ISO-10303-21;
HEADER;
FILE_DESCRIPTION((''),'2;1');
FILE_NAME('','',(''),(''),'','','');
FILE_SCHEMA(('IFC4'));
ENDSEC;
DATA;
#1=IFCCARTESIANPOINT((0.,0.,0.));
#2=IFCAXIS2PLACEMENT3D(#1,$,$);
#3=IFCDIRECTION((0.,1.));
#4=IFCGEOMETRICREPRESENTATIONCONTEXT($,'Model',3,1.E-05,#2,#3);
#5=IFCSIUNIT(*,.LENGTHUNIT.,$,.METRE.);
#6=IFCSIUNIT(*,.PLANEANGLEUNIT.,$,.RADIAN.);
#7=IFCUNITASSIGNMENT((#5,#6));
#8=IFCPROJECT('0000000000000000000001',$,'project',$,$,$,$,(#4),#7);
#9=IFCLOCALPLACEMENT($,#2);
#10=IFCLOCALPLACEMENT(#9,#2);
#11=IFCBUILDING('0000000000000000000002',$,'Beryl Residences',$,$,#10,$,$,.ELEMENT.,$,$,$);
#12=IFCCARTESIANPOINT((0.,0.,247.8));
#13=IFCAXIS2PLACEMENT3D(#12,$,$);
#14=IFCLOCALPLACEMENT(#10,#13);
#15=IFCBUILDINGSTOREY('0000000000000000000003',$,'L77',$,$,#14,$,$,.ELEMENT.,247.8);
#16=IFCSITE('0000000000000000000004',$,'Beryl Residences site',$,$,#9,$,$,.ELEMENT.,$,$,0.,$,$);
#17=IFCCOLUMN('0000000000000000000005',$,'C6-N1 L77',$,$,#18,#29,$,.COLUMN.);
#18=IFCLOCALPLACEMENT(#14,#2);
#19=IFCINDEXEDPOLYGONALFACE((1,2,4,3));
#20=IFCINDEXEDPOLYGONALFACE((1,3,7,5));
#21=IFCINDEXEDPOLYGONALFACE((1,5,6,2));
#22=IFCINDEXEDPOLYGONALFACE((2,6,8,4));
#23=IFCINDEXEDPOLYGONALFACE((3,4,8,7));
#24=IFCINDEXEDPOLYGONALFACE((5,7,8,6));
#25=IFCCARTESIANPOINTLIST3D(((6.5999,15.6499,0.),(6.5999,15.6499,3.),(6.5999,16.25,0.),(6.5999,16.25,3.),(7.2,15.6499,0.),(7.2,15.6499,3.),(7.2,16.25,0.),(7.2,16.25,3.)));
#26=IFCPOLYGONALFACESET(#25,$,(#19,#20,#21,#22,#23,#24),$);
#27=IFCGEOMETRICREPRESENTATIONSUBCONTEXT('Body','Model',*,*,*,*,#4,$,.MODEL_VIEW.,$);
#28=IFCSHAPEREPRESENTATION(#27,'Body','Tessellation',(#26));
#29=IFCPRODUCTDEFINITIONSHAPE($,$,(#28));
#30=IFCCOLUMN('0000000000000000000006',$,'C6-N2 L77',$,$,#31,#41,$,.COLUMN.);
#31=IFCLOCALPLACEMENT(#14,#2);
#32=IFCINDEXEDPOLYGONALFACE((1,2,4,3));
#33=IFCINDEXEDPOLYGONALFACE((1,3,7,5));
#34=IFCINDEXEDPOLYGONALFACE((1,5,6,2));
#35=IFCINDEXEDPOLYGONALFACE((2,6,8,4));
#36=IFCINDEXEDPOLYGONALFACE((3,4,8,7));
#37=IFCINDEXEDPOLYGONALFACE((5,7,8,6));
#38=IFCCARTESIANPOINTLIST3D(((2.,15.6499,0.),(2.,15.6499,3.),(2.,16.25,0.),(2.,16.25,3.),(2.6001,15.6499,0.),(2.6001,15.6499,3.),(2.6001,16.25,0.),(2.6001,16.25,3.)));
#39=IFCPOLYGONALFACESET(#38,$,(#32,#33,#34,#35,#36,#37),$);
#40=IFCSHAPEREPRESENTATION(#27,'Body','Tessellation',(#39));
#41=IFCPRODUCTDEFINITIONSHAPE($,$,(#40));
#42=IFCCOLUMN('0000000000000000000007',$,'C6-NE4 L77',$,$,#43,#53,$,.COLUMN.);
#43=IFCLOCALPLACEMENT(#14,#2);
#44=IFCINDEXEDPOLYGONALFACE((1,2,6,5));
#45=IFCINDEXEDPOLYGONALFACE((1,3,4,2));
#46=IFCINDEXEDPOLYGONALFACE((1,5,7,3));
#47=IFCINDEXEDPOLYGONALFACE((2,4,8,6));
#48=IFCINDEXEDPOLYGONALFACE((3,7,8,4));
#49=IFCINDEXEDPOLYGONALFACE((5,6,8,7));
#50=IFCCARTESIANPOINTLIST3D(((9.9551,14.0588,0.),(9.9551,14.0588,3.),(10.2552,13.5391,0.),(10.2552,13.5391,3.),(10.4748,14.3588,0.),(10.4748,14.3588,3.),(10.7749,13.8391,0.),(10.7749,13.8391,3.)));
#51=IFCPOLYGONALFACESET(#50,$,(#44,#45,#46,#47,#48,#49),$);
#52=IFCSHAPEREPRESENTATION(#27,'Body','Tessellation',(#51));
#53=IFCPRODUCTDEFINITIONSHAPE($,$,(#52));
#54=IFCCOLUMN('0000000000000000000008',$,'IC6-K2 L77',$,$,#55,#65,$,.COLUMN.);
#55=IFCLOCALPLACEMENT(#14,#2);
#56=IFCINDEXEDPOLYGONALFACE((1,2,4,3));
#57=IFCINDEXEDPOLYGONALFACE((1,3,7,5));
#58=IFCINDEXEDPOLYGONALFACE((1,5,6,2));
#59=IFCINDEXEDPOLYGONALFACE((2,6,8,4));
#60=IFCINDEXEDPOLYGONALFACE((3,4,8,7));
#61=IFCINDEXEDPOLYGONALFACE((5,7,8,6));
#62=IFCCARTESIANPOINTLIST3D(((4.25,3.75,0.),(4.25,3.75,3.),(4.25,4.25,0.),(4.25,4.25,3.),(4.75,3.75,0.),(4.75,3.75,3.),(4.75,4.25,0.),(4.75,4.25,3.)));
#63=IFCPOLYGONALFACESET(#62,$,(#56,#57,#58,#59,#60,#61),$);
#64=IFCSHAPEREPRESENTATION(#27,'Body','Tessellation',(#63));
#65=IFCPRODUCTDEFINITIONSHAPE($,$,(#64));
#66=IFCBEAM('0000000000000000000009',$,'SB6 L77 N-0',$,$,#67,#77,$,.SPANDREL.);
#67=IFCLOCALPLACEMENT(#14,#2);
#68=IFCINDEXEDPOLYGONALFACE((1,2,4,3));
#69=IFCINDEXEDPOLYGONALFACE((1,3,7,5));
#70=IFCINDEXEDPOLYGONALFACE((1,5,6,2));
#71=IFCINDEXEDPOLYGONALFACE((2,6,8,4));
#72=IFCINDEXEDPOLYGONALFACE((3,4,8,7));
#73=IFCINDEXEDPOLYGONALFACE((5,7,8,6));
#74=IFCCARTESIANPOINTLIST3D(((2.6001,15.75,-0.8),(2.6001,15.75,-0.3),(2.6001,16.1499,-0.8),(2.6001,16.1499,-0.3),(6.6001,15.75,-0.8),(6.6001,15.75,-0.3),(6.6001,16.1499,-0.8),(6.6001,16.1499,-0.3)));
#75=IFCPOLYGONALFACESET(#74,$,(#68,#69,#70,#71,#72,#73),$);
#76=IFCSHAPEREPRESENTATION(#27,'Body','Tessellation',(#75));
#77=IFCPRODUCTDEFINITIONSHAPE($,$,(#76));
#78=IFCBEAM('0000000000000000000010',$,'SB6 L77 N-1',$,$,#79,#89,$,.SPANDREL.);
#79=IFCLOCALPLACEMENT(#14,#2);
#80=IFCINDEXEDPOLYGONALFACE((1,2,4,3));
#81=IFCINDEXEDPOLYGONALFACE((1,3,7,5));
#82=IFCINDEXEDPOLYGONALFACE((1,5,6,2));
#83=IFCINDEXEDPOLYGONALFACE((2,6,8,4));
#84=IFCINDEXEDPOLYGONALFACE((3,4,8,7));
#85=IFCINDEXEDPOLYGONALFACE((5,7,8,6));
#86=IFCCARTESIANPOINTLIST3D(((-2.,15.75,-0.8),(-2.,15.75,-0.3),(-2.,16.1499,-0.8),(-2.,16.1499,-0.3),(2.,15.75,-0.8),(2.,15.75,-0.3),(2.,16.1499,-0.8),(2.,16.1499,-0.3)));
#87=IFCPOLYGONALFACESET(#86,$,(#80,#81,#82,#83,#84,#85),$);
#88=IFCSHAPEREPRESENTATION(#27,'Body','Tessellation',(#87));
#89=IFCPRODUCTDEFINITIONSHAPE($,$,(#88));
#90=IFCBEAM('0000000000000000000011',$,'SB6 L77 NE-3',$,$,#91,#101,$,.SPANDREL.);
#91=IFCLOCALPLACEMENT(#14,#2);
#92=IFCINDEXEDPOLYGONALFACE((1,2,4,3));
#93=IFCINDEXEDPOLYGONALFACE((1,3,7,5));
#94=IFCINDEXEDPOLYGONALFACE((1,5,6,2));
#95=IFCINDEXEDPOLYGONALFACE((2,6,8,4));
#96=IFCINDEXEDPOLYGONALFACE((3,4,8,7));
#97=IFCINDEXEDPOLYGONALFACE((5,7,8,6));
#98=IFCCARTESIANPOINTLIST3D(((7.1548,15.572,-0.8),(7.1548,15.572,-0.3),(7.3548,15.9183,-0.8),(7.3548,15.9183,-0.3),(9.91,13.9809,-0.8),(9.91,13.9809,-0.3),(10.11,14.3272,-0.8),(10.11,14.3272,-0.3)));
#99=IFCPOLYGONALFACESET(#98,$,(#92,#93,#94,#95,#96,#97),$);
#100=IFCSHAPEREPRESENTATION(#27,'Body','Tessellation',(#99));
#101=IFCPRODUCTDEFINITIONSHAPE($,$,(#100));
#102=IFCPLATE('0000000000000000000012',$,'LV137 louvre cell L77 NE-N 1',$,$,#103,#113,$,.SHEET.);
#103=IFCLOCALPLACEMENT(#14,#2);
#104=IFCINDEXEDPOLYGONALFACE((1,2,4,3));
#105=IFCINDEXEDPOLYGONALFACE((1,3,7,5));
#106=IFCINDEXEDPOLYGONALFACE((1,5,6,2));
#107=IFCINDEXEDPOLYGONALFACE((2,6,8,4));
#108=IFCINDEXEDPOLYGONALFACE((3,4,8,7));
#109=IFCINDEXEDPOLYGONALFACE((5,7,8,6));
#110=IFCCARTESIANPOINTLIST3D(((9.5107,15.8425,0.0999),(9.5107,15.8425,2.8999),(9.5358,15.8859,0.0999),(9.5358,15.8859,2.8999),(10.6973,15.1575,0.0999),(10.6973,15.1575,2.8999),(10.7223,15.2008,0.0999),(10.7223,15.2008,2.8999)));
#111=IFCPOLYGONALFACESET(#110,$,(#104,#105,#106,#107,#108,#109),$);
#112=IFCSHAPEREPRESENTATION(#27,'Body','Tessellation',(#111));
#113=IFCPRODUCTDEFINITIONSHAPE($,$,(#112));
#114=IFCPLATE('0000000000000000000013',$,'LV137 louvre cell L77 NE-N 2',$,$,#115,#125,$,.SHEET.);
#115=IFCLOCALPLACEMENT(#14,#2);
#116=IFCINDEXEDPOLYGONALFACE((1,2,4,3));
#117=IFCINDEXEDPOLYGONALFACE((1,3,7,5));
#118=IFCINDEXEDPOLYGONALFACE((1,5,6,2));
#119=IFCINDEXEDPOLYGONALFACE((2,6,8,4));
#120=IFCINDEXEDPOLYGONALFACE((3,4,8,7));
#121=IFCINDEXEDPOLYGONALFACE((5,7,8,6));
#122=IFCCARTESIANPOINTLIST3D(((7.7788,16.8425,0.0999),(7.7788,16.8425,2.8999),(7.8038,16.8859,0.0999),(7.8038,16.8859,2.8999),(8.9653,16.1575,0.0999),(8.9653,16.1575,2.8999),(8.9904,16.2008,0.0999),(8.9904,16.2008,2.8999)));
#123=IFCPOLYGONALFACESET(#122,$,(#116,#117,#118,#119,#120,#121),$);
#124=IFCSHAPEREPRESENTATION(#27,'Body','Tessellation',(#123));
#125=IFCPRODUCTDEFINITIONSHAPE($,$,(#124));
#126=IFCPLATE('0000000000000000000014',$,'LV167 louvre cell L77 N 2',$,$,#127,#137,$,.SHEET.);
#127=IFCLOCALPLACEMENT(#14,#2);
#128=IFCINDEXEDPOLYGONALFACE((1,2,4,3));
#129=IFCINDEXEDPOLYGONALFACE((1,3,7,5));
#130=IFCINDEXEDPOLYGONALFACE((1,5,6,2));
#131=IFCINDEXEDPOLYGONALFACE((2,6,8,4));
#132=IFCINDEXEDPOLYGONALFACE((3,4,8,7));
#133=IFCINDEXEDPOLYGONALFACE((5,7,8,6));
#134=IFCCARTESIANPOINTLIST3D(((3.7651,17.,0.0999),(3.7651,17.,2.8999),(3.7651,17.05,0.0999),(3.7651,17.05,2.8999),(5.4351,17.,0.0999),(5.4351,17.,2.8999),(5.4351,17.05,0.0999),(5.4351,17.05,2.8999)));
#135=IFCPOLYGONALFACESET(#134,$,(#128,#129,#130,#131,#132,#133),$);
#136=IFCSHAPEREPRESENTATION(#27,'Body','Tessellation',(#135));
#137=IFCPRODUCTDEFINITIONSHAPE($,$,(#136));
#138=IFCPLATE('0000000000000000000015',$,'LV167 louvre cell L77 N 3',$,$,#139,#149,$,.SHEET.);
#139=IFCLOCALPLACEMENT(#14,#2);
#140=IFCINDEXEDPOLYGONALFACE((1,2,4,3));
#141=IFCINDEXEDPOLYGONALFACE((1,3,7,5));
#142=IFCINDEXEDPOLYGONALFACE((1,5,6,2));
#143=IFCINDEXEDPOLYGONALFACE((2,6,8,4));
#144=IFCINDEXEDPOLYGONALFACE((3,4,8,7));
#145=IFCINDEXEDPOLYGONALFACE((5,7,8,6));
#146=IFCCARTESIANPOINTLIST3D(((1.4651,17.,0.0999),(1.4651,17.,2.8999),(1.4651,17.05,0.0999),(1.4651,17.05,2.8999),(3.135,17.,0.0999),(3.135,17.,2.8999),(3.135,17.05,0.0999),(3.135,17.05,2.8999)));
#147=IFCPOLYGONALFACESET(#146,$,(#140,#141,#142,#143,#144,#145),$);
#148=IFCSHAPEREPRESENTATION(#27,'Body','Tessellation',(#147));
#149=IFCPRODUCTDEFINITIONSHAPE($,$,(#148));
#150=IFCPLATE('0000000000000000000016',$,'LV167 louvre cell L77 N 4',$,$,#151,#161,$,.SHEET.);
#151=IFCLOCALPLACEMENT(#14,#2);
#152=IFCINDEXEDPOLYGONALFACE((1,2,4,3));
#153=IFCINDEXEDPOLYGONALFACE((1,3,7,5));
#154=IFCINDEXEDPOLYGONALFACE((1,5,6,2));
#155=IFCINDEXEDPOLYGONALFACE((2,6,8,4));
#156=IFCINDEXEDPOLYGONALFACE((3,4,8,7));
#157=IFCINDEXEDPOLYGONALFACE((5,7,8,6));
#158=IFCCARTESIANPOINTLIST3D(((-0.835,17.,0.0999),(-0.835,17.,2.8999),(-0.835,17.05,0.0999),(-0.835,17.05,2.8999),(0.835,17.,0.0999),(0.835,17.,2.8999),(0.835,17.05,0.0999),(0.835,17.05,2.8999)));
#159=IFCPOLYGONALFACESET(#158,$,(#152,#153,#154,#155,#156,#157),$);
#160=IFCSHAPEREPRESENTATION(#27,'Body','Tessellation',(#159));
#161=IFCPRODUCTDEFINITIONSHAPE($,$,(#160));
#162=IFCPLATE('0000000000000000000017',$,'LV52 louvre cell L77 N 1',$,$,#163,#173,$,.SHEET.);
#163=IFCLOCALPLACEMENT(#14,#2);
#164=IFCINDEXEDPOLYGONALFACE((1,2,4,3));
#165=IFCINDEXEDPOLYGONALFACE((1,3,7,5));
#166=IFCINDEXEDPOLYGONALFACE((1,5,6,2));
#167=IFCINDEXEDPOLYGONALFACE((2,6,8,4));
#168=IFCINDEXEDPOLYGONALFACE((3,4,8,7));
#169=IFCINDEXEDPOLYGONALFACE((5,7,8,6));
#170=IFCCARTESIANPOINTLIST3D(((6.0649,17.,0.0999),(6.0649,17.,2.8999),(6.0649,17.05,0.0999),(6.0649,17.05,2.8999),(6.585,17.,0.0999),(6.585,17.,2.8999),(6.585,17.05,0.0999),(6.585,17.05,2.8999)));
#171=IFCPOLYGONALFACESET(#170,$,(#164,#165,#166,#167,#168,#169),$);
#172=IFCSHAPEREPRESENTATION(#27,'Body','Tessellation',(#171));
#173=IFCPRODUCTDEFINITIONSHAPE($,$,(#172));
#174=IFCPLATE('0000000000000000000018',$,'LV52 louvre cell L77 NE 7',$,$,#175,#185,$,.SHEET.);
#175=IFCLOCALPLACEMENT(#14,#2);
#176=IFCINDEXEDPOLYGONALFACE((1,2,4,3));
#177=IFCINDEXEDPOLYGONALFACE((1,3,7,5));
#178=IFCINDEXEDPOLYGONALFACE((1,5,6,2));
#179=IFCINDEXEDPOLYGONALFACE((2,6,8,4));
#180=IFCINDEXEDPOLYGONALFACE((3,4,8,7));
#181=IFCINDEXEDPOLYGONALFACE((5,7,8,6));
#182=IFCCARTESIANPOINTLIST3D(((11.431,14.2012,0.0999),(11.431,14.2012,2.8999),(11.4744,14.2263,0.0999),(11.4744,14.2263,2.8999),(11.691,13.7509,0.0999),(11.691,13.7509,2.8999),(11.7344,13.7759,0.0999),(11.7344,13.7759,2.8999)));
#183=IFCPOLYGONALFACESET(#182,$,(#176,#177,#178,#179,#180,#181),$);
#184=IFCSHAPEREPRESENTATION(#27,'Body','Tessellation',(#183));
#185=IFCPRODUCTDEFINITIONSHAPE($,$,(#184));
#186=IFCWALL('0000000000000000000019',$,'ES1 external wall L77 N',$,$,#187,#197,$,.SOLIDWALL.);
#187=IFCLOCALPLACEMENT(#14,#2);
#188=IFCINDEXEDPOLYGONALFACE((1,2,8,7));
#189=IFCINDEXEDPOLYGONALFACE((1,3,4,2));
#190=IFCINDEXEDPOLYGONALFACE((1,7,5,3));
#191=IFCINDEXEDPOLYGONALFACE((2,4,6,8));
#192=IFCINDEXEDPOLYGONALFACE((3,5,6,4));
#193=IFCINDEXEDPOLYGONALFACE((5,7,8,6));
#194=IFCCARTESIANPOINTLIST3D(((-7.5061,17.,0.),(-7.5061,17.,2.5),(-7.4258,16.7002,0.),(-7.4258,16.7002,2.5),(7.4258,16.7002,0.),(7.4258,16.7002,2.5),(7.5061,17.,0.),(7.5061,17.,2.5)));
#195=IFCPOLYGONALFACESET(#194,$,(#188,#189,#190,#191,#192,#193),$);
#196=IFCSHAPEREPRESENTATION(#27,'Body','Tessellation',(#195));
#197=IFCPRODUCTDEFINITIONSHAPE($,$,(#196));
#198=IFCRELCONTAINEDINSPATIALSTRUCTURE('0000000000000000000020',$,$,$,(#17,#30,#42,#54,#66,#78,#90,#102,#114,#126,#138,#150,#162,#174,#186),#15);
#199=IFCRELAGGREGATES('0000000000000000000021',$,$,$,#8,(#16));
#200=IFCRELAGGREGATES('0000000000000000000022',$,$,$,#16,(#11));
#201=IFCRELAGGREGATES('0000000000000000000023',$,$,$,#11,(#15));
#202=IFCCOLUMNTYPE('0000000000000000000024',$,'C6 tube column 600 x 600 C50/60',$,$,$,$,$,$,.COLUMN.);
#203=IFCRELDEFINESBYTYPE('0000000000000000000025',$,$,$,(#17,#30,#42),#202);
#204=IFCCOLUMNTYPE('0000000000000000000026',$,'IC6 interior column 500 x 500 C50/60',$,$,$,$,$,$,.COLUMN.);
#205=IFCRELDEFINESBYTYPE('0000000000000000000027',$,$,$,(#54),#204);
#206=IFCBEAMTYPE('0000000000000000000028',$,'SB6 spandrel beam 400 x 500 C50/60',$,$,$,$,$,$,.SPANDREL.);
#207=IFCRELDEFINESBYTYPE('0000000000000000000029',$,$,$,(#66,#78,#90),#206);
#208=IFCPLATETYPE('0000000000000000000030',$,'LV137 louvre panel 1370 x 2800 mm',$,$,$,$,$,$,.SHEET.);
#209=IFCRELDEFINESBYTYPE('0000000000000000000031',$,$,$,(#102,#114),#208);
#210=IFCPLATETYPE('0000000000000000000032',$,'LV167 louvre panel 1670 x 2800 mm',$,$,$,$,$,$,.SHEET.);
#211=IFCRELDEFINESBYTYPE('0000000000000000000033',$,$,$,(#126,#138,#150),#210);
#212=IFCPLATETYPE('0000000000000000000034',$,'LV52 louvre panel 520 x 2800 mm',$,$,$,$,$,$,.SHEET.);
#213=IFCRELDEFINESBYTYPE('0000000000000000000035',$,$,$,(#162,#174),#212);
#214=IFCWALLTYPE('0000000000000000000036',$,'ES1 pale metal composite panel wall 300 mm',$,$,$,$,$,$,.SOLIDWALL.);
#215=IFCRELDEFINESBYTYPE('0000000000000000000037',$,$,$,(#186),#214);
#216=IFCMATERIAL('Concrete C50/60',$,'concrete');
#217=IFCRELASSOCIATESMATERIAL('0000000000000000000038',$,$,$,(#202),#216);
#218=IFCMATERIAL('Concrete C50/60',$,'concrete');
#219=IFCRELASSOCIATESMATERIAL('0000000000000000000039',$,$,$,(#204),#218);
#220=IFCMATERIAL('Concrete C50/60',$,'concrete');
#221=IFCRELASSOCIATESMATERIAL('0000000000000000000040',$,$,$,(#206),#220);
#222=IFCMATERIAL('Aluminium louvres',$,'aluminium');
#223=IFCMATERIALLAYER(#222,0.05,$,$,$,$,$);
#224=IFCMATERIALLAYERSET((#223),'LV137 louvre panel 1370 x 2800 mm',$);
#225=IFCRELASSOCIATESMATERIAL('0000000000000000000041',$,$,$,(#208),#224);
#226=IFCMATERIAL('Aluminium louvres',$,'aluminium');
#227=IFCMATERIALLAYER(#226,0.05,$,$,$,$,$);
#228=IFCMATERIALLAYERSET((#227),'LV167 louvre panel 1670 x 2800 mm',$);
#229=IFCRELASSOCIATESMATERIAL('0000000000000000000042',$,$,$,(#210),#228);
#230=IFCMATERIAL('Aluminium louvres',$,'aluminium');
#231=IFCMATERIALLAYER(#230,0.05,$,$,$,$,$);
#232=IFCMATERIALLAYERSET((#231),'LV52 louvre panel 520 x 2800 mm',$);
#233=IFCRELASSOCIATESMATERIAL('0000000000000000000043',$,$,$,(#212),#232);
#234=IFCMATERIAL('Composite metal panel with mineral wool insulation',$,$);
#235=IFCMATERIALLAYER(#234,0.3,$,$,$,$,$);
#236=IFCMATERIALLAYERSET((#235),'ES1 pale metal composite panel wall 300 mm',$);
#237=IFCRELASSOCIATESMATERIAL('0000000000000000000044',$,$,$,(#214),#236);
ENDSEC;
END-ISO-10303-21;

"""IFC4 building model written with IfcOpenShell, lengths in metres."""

from ifc_helpers import new_model, si_unit, direction, frame, origin, origin_2d, place, context, subcontext, project, spatial, polyline, rectangle, outline, extrude, source, transform, mapped, material, layer, layer_set, material_profile, profile_set, type_object, type_shapes, element, save


model = new_model("IFC4")

# Units and contexts
model_context = context("Model", 3, precision=1e-05, world=origin(), true_north=direction((0.0, 1.0)))
body_context = subcontext(model_context, "Body", "Model", "MODEL_VIEW")
ifc_project = project(units=[si_unit("LENGTHUNIT", "METRE"), si_unit("PLANEANGLEUNIT", "RADIAN")], contexts=[model_context])

# Site, building, storey
site_placement = place(None, origin())
site = spatial("IfcSite", under=ifc_project, at=site_placement, Name="Beryl Residences site", CompositionType="ELEMENT", RefElevation=0.0)
building_placement = place(site_placement, origin())
building = spatial("IfcBuilding", under=site, at=building_placement, Name="Beryl Residences", CompositionType="ELEMENT")
storey_placement = place(building_placement, frame((0.0, 0.0, 247.8)))
storey = spatial("IfcBuildingStorey", under=building, at=storey_placement, Name="L77", CompositionType="ELEMENT", Elevation=247.8)

# Columns
ifc_material_1 = material(Name="Concrete C50/60", Category="concrete")
ifc_material_profile_1 = material_profile(ifc_material_1, rectangle(XDim=0.6001, YDim=0.6001, at=origin_2d()))
ifc_profile_set_1 = profile_set([ifc_material_profile_1], Name="Concrete C50/60")
column_type_1 = type_object("IfcColumnType", Name="C6 tube column 600 x 600 C50/60", PredefinedType="COLUMN", material=ifc_profile_set_1)
for number, where, z_axis, x_axis, name in (
    (1, (6.8999, 15.95, 0.0), (0.0, 0.0, 1.0), (-1.0, 0.0, 0.0), "C6-N1 L77"),
    (2, (2.3, 15.95, 0.0), (0.0, 0.0, 1.0), (-1.0, 0.0, 0.0), "C6-N2 L77"),
    (3, (10.365, 13.949, 0.0), (0.0, 0.0, 1.0), (-0.5, 0.866025, 0.0), "C6-NE4 L77"),
):
    element("IfcColumn", number, at=place(storey_placement, frame(where, z_axis=z_axis, x_axis=x_axis)), inside=storey, type_object=column_type_1, Name=name, PredefinedType="COLUMN", context=body_context, shape_type="SweptSolid", body=[
        extrude(rectangle(XDim=0.6001, YDim=0.6001, at=origin_2d()), origin(), (0.0, 0.0, 1.0), 3.0),
    ])
ifc_material_2 = material(Name="Concrete C50/60", Category="concrete")
ifc_material_profile_2 = material_profile(ifc_material_2, rectangle(XDim=0.5, YDim=0.5, at=origin_2d()))
ifc_profile_set_2 = profile_set([ifc_material_profile_2], Name="Concrete C50/60")
column_type_2 = type_object("IfcColumnType", Name="IC6 interior column 500 x 500 C50/60", PredefinedType="COLUMN", material=ifc_profile_set_2)
column_placement = place(storey_placement, frame((4.5, 4.0, 0.0), z_axis=(0.0, 0.0, 1.0), x_axis=(1.0, 0.0, 0.0)))
element("IfcColumn", 4, at=column_placement, inside=storey, type_object=column_type_2, Name="IC6-K2 L77", PredefinedType="COLUMN", context=body_context, shape_type="SweptSolid", body=[
    extrude(rectangle(XDim=0.5, YDim=0.5, at=origin_2d()), origin(), (0.0, 0.0, 1.0), 3.0),
])

# Beams
ifc_material_3 = material(Name="Concrete C50/60", Category="concrete")
ifc_material_profile_3 = material_profile(ifc_material_3, rectangle(XDim=0.3999, YDim=0.5, at=origin_2d()))
ifc_profile_set_3 = profile_set([ifc_material_profile_3], Name="Concrete C50/60")
beam_type = type_object("IfcBeamType", Name="SB6 spandrel beam 400 x 500 C50/60", PredefinedType="SPANDREL", material=ifc_profile_set_3)
for number, where, z_axis, x_axis, name in (
    (5, (6.6001, 15.95, -0.55), (-1.0, 0.0, 0.0), (0.0, -1.0, 0.0), "SB6 L77 N-0"),
    (6, (2.0, 15.95, -0.55), (-1.0, 0.0, 0.0), (0.0, -1.0, 0.0), "SB6 L77 N-1"),
):
    element("IfcBeam", number, at=place(storey_placement, frame(where, z_axis=z_axis, x_axis=x_axis)), inside=storey, type_object=beam_type, Name=name, PredefinedType="SPANDREL", context=body_context, shape_type="SweptSolid", body=[
        extrude(rectangle(XDim=0.3999, YDim=0.5, at=origin_2d()), origin(), (0.0, 0.0, 1.0), 4.0),
    ])
beam_placement = place(storey_placement, frame((10.01, 14.1541, -0.55), z_axis=(-0.865972, 0.500092, 0.0), x_axis=(-0.500092, -0.865972, 0.0)))
element("IfcBeam", 7, at=beam_placement, inside=storey, type_object=beam_type, Name="SB6 L77 NE-3", PredefinedType="SPANDREL", context=body_context, shape_type="SweptSolid", body=[
    extrude(rectangle(XDim=0.3999, YDim=0.5, at=origin_2d()), origin(), (0.0, 0.0, 1.0), 3.1816),
])

# Plates
ifc_material_4 = material(Name="Aluminium louvres", Category="aluminium")
ifc_layer_1 = layer(ifc_material_4, 0.05)
ifc_layer_set_1 = layer_set([ifc_layer_1], Name="LV137 louvre panel 1370 x 2800 mm")
plate_type_1 = type_object("IfcPlateType", Name="LV137 louvre panel 1370 x 2800 mm", PredefinedType="SHEET", material=ifc_layer_set_1)
shared_shape_1 = source(origin(), body_context, "Body", "SweptSolid", [
    extrude(outline(polyline([(-0.6851, 0.0), (0.6851, 0.0), (0.6851, 0.05), (-0.6851, 0.05), (-0.6851, 0.0)])), origin(), (0.0, 0.0, 1.0), 2.8),
])
type_shapes(plate_type_1, [shared_shape_1])
for number, where, z_axis, x_axis, name in (
    (8, (10.104, 15.5, 0.0999), (0.0, 0.0, 1.0), (0.866025, -0.5, 0.0), "LV137 louvre cell L77 NE-N 1"),
    (9, (8.3721, 16.5, 0.0999), (0.0, 0.0, 1.0), (0.866025, -0.5, 0.0), "LV137 louvre cell L77 NE-N 2"),
):
    element("IfcPlate", number, at=place(storey_placement, frame(where, z_axis=z_axis, x_axis=x_axis)), inside=storey, type_object=plate_type_1, Name=name, PredefinedType="SHEET", context=body_context, shape_type="MappedRepresentation", body=[
        mapped(shared_shape_1, transform((0.0, 0.0, 0.0))),
    ])
ifc_material_5 = material(Name="Aluminium louvres", Category="aluminium")
ifc_layer_2 = layer(ifc_material_5, 0.05)
ifc_layer_set_2 = layer_set([ifc_layer_2], Name="LV167 louvre panel 1670 x 2800 mm")
plate_type_2 = type_object("IfcPlateType", Name="LV167 louvre panel 1670 x 2800 mm", PredefinedType="SHEET", material=ifc_layer_set_2)
shared_shape_2 = source(origin(), body_context, "Body", "SweptSolid", [
    extrude(outline(polyline([(-0.835, 0.0), (0.835, 0.0), (0.835, 0.05), (-0.835, 0.05), (-0.835, 0.0)])), origin(), (0.0, 0.0, 1.0), 2.8),
])
type_shapes(plate_type_2, [shared_shape_2])
for number, where, z_axis, x_axis, name in (
    (10, (4.6001, 17.0, 0.0999), (0.0, 0.0, 1.0), (1.0, 0.0, 0.0), "LV167 louvre cell L77 N 2"),
    (11, (2.3, 17.0, 0.0999), (0.0, 0.0, 1.0), (1.0, 0.0, 0.0), "LV167 louvre cell L77 N 3"),
    (12, (0.0, 17.0, 0.0999), (0.0, 0.0, 1.0), (1.0, 0.0, 0.0), "LV167 louvre cell L77 N 4"),
):
    element("IfcPlate", number, at=place(storey_placement, frame(where, z_axis=z_axis, x_axis=x_axis)), inside=storey, type_object=plate_type_2, Name=name, PredefinedType="SHEET", context=body_context, shape_type="MappedRepresentation", body=[
        mapped(shared_shape_2, transform((0.0, 0.0, 0.0))),
    ])
ifc_material_6 = material(Name="Aluminium louvres", Category="aluminium")
ifc_layer_3 = layer(ifc_material_6, 0.05)
ifc_layer_set_3 = layer_set([ifc_layer_3], Name="LV52 louvre panel 520 x 2800 mm")
plate_type_3 = type_object("IfcPlateType", Name="LV52 louvre panel 520 x 2800 mm", PredefinedType="SHEET", material=ifc_layer_set_3)
shared_shape_3 = source(origin(), body_context, "Body", "SweptSolid", [
    extrude(outline(polyline([(-0.26, 0.0), (0.26, 0.0), (0.26, 0.05), (-0.26, 0.05), (-0.26, 0.0)])), origin(), (0.0, 0.0, 1.0), 2.8),
])
type_shapes(plate_type_3, [shared_shape_3])
for number, where, z_axis, x_axis, name in (
    (13, (6.325, 17.0, 0.0999), (0.0, 0.0, 1.0), (1.0, 0.0, 0.0), "LV52 louvre cell L77 N 1"),
    (14, (11.561, 13.9761, 0.0999), (0.0, 0.0, 1.0), (0.5, -0.866025, 0.0), "LV52 louvre cell L77 NE 7"),
):
    element("IfcPlate", number, at=place(storey_placement, frame(where, z_axis=z_axis, x_axis=x_axis)), inside=storey, type_object=plate_type_3, Name=name, PredefinedType="SHEET", context=body_context, shape_type="MappedRepresentation", body=[
        mapped(shared_shape_3, transform((0.0, 0.0, 0.0))),
    ])

# Wall
ifc_material_7 = material(Name="Composite metal panel with mineral wool insulation")
ifc_layer_4 = layer(ifc_material_7, 0.3)
ifc_layer_set_4 = layer_set([ifc_layer_4], Name="ES1 pale metal composite panel wall 300 mm")
wall_type = type_object("IfcWallType", Name="ES1 pale metal composite panel wall 300 mm", PredefinedType="SOLIDWALL", material=ifc_layer_set_4)
wall_1_placement = place(storey_placement, frame((7.5061, 16.8501, 0.0), z_axis=(0.0, 0.0, 1.0), x_axis=(-1.0, 0.0, 0.0)))
element("IfcWall", 15, at=wall_1_placement, inside=storey, type_object=wall_type, Name="ES1 external wall L77 N", PredefinedType="SOLIDWALL", context=body_context, shape_type="SweptSolid", body=[
    extrude(outline(polyline([(0.0, -0.1499), (15.0122, -0.1499), (14.9319, 0.1499), (0.0803, 0.1499), (0.0, -0.1499)])), origin(), (0.0, 0.0, 1.0), 2.5),
])

save(model, "model.ifc")
